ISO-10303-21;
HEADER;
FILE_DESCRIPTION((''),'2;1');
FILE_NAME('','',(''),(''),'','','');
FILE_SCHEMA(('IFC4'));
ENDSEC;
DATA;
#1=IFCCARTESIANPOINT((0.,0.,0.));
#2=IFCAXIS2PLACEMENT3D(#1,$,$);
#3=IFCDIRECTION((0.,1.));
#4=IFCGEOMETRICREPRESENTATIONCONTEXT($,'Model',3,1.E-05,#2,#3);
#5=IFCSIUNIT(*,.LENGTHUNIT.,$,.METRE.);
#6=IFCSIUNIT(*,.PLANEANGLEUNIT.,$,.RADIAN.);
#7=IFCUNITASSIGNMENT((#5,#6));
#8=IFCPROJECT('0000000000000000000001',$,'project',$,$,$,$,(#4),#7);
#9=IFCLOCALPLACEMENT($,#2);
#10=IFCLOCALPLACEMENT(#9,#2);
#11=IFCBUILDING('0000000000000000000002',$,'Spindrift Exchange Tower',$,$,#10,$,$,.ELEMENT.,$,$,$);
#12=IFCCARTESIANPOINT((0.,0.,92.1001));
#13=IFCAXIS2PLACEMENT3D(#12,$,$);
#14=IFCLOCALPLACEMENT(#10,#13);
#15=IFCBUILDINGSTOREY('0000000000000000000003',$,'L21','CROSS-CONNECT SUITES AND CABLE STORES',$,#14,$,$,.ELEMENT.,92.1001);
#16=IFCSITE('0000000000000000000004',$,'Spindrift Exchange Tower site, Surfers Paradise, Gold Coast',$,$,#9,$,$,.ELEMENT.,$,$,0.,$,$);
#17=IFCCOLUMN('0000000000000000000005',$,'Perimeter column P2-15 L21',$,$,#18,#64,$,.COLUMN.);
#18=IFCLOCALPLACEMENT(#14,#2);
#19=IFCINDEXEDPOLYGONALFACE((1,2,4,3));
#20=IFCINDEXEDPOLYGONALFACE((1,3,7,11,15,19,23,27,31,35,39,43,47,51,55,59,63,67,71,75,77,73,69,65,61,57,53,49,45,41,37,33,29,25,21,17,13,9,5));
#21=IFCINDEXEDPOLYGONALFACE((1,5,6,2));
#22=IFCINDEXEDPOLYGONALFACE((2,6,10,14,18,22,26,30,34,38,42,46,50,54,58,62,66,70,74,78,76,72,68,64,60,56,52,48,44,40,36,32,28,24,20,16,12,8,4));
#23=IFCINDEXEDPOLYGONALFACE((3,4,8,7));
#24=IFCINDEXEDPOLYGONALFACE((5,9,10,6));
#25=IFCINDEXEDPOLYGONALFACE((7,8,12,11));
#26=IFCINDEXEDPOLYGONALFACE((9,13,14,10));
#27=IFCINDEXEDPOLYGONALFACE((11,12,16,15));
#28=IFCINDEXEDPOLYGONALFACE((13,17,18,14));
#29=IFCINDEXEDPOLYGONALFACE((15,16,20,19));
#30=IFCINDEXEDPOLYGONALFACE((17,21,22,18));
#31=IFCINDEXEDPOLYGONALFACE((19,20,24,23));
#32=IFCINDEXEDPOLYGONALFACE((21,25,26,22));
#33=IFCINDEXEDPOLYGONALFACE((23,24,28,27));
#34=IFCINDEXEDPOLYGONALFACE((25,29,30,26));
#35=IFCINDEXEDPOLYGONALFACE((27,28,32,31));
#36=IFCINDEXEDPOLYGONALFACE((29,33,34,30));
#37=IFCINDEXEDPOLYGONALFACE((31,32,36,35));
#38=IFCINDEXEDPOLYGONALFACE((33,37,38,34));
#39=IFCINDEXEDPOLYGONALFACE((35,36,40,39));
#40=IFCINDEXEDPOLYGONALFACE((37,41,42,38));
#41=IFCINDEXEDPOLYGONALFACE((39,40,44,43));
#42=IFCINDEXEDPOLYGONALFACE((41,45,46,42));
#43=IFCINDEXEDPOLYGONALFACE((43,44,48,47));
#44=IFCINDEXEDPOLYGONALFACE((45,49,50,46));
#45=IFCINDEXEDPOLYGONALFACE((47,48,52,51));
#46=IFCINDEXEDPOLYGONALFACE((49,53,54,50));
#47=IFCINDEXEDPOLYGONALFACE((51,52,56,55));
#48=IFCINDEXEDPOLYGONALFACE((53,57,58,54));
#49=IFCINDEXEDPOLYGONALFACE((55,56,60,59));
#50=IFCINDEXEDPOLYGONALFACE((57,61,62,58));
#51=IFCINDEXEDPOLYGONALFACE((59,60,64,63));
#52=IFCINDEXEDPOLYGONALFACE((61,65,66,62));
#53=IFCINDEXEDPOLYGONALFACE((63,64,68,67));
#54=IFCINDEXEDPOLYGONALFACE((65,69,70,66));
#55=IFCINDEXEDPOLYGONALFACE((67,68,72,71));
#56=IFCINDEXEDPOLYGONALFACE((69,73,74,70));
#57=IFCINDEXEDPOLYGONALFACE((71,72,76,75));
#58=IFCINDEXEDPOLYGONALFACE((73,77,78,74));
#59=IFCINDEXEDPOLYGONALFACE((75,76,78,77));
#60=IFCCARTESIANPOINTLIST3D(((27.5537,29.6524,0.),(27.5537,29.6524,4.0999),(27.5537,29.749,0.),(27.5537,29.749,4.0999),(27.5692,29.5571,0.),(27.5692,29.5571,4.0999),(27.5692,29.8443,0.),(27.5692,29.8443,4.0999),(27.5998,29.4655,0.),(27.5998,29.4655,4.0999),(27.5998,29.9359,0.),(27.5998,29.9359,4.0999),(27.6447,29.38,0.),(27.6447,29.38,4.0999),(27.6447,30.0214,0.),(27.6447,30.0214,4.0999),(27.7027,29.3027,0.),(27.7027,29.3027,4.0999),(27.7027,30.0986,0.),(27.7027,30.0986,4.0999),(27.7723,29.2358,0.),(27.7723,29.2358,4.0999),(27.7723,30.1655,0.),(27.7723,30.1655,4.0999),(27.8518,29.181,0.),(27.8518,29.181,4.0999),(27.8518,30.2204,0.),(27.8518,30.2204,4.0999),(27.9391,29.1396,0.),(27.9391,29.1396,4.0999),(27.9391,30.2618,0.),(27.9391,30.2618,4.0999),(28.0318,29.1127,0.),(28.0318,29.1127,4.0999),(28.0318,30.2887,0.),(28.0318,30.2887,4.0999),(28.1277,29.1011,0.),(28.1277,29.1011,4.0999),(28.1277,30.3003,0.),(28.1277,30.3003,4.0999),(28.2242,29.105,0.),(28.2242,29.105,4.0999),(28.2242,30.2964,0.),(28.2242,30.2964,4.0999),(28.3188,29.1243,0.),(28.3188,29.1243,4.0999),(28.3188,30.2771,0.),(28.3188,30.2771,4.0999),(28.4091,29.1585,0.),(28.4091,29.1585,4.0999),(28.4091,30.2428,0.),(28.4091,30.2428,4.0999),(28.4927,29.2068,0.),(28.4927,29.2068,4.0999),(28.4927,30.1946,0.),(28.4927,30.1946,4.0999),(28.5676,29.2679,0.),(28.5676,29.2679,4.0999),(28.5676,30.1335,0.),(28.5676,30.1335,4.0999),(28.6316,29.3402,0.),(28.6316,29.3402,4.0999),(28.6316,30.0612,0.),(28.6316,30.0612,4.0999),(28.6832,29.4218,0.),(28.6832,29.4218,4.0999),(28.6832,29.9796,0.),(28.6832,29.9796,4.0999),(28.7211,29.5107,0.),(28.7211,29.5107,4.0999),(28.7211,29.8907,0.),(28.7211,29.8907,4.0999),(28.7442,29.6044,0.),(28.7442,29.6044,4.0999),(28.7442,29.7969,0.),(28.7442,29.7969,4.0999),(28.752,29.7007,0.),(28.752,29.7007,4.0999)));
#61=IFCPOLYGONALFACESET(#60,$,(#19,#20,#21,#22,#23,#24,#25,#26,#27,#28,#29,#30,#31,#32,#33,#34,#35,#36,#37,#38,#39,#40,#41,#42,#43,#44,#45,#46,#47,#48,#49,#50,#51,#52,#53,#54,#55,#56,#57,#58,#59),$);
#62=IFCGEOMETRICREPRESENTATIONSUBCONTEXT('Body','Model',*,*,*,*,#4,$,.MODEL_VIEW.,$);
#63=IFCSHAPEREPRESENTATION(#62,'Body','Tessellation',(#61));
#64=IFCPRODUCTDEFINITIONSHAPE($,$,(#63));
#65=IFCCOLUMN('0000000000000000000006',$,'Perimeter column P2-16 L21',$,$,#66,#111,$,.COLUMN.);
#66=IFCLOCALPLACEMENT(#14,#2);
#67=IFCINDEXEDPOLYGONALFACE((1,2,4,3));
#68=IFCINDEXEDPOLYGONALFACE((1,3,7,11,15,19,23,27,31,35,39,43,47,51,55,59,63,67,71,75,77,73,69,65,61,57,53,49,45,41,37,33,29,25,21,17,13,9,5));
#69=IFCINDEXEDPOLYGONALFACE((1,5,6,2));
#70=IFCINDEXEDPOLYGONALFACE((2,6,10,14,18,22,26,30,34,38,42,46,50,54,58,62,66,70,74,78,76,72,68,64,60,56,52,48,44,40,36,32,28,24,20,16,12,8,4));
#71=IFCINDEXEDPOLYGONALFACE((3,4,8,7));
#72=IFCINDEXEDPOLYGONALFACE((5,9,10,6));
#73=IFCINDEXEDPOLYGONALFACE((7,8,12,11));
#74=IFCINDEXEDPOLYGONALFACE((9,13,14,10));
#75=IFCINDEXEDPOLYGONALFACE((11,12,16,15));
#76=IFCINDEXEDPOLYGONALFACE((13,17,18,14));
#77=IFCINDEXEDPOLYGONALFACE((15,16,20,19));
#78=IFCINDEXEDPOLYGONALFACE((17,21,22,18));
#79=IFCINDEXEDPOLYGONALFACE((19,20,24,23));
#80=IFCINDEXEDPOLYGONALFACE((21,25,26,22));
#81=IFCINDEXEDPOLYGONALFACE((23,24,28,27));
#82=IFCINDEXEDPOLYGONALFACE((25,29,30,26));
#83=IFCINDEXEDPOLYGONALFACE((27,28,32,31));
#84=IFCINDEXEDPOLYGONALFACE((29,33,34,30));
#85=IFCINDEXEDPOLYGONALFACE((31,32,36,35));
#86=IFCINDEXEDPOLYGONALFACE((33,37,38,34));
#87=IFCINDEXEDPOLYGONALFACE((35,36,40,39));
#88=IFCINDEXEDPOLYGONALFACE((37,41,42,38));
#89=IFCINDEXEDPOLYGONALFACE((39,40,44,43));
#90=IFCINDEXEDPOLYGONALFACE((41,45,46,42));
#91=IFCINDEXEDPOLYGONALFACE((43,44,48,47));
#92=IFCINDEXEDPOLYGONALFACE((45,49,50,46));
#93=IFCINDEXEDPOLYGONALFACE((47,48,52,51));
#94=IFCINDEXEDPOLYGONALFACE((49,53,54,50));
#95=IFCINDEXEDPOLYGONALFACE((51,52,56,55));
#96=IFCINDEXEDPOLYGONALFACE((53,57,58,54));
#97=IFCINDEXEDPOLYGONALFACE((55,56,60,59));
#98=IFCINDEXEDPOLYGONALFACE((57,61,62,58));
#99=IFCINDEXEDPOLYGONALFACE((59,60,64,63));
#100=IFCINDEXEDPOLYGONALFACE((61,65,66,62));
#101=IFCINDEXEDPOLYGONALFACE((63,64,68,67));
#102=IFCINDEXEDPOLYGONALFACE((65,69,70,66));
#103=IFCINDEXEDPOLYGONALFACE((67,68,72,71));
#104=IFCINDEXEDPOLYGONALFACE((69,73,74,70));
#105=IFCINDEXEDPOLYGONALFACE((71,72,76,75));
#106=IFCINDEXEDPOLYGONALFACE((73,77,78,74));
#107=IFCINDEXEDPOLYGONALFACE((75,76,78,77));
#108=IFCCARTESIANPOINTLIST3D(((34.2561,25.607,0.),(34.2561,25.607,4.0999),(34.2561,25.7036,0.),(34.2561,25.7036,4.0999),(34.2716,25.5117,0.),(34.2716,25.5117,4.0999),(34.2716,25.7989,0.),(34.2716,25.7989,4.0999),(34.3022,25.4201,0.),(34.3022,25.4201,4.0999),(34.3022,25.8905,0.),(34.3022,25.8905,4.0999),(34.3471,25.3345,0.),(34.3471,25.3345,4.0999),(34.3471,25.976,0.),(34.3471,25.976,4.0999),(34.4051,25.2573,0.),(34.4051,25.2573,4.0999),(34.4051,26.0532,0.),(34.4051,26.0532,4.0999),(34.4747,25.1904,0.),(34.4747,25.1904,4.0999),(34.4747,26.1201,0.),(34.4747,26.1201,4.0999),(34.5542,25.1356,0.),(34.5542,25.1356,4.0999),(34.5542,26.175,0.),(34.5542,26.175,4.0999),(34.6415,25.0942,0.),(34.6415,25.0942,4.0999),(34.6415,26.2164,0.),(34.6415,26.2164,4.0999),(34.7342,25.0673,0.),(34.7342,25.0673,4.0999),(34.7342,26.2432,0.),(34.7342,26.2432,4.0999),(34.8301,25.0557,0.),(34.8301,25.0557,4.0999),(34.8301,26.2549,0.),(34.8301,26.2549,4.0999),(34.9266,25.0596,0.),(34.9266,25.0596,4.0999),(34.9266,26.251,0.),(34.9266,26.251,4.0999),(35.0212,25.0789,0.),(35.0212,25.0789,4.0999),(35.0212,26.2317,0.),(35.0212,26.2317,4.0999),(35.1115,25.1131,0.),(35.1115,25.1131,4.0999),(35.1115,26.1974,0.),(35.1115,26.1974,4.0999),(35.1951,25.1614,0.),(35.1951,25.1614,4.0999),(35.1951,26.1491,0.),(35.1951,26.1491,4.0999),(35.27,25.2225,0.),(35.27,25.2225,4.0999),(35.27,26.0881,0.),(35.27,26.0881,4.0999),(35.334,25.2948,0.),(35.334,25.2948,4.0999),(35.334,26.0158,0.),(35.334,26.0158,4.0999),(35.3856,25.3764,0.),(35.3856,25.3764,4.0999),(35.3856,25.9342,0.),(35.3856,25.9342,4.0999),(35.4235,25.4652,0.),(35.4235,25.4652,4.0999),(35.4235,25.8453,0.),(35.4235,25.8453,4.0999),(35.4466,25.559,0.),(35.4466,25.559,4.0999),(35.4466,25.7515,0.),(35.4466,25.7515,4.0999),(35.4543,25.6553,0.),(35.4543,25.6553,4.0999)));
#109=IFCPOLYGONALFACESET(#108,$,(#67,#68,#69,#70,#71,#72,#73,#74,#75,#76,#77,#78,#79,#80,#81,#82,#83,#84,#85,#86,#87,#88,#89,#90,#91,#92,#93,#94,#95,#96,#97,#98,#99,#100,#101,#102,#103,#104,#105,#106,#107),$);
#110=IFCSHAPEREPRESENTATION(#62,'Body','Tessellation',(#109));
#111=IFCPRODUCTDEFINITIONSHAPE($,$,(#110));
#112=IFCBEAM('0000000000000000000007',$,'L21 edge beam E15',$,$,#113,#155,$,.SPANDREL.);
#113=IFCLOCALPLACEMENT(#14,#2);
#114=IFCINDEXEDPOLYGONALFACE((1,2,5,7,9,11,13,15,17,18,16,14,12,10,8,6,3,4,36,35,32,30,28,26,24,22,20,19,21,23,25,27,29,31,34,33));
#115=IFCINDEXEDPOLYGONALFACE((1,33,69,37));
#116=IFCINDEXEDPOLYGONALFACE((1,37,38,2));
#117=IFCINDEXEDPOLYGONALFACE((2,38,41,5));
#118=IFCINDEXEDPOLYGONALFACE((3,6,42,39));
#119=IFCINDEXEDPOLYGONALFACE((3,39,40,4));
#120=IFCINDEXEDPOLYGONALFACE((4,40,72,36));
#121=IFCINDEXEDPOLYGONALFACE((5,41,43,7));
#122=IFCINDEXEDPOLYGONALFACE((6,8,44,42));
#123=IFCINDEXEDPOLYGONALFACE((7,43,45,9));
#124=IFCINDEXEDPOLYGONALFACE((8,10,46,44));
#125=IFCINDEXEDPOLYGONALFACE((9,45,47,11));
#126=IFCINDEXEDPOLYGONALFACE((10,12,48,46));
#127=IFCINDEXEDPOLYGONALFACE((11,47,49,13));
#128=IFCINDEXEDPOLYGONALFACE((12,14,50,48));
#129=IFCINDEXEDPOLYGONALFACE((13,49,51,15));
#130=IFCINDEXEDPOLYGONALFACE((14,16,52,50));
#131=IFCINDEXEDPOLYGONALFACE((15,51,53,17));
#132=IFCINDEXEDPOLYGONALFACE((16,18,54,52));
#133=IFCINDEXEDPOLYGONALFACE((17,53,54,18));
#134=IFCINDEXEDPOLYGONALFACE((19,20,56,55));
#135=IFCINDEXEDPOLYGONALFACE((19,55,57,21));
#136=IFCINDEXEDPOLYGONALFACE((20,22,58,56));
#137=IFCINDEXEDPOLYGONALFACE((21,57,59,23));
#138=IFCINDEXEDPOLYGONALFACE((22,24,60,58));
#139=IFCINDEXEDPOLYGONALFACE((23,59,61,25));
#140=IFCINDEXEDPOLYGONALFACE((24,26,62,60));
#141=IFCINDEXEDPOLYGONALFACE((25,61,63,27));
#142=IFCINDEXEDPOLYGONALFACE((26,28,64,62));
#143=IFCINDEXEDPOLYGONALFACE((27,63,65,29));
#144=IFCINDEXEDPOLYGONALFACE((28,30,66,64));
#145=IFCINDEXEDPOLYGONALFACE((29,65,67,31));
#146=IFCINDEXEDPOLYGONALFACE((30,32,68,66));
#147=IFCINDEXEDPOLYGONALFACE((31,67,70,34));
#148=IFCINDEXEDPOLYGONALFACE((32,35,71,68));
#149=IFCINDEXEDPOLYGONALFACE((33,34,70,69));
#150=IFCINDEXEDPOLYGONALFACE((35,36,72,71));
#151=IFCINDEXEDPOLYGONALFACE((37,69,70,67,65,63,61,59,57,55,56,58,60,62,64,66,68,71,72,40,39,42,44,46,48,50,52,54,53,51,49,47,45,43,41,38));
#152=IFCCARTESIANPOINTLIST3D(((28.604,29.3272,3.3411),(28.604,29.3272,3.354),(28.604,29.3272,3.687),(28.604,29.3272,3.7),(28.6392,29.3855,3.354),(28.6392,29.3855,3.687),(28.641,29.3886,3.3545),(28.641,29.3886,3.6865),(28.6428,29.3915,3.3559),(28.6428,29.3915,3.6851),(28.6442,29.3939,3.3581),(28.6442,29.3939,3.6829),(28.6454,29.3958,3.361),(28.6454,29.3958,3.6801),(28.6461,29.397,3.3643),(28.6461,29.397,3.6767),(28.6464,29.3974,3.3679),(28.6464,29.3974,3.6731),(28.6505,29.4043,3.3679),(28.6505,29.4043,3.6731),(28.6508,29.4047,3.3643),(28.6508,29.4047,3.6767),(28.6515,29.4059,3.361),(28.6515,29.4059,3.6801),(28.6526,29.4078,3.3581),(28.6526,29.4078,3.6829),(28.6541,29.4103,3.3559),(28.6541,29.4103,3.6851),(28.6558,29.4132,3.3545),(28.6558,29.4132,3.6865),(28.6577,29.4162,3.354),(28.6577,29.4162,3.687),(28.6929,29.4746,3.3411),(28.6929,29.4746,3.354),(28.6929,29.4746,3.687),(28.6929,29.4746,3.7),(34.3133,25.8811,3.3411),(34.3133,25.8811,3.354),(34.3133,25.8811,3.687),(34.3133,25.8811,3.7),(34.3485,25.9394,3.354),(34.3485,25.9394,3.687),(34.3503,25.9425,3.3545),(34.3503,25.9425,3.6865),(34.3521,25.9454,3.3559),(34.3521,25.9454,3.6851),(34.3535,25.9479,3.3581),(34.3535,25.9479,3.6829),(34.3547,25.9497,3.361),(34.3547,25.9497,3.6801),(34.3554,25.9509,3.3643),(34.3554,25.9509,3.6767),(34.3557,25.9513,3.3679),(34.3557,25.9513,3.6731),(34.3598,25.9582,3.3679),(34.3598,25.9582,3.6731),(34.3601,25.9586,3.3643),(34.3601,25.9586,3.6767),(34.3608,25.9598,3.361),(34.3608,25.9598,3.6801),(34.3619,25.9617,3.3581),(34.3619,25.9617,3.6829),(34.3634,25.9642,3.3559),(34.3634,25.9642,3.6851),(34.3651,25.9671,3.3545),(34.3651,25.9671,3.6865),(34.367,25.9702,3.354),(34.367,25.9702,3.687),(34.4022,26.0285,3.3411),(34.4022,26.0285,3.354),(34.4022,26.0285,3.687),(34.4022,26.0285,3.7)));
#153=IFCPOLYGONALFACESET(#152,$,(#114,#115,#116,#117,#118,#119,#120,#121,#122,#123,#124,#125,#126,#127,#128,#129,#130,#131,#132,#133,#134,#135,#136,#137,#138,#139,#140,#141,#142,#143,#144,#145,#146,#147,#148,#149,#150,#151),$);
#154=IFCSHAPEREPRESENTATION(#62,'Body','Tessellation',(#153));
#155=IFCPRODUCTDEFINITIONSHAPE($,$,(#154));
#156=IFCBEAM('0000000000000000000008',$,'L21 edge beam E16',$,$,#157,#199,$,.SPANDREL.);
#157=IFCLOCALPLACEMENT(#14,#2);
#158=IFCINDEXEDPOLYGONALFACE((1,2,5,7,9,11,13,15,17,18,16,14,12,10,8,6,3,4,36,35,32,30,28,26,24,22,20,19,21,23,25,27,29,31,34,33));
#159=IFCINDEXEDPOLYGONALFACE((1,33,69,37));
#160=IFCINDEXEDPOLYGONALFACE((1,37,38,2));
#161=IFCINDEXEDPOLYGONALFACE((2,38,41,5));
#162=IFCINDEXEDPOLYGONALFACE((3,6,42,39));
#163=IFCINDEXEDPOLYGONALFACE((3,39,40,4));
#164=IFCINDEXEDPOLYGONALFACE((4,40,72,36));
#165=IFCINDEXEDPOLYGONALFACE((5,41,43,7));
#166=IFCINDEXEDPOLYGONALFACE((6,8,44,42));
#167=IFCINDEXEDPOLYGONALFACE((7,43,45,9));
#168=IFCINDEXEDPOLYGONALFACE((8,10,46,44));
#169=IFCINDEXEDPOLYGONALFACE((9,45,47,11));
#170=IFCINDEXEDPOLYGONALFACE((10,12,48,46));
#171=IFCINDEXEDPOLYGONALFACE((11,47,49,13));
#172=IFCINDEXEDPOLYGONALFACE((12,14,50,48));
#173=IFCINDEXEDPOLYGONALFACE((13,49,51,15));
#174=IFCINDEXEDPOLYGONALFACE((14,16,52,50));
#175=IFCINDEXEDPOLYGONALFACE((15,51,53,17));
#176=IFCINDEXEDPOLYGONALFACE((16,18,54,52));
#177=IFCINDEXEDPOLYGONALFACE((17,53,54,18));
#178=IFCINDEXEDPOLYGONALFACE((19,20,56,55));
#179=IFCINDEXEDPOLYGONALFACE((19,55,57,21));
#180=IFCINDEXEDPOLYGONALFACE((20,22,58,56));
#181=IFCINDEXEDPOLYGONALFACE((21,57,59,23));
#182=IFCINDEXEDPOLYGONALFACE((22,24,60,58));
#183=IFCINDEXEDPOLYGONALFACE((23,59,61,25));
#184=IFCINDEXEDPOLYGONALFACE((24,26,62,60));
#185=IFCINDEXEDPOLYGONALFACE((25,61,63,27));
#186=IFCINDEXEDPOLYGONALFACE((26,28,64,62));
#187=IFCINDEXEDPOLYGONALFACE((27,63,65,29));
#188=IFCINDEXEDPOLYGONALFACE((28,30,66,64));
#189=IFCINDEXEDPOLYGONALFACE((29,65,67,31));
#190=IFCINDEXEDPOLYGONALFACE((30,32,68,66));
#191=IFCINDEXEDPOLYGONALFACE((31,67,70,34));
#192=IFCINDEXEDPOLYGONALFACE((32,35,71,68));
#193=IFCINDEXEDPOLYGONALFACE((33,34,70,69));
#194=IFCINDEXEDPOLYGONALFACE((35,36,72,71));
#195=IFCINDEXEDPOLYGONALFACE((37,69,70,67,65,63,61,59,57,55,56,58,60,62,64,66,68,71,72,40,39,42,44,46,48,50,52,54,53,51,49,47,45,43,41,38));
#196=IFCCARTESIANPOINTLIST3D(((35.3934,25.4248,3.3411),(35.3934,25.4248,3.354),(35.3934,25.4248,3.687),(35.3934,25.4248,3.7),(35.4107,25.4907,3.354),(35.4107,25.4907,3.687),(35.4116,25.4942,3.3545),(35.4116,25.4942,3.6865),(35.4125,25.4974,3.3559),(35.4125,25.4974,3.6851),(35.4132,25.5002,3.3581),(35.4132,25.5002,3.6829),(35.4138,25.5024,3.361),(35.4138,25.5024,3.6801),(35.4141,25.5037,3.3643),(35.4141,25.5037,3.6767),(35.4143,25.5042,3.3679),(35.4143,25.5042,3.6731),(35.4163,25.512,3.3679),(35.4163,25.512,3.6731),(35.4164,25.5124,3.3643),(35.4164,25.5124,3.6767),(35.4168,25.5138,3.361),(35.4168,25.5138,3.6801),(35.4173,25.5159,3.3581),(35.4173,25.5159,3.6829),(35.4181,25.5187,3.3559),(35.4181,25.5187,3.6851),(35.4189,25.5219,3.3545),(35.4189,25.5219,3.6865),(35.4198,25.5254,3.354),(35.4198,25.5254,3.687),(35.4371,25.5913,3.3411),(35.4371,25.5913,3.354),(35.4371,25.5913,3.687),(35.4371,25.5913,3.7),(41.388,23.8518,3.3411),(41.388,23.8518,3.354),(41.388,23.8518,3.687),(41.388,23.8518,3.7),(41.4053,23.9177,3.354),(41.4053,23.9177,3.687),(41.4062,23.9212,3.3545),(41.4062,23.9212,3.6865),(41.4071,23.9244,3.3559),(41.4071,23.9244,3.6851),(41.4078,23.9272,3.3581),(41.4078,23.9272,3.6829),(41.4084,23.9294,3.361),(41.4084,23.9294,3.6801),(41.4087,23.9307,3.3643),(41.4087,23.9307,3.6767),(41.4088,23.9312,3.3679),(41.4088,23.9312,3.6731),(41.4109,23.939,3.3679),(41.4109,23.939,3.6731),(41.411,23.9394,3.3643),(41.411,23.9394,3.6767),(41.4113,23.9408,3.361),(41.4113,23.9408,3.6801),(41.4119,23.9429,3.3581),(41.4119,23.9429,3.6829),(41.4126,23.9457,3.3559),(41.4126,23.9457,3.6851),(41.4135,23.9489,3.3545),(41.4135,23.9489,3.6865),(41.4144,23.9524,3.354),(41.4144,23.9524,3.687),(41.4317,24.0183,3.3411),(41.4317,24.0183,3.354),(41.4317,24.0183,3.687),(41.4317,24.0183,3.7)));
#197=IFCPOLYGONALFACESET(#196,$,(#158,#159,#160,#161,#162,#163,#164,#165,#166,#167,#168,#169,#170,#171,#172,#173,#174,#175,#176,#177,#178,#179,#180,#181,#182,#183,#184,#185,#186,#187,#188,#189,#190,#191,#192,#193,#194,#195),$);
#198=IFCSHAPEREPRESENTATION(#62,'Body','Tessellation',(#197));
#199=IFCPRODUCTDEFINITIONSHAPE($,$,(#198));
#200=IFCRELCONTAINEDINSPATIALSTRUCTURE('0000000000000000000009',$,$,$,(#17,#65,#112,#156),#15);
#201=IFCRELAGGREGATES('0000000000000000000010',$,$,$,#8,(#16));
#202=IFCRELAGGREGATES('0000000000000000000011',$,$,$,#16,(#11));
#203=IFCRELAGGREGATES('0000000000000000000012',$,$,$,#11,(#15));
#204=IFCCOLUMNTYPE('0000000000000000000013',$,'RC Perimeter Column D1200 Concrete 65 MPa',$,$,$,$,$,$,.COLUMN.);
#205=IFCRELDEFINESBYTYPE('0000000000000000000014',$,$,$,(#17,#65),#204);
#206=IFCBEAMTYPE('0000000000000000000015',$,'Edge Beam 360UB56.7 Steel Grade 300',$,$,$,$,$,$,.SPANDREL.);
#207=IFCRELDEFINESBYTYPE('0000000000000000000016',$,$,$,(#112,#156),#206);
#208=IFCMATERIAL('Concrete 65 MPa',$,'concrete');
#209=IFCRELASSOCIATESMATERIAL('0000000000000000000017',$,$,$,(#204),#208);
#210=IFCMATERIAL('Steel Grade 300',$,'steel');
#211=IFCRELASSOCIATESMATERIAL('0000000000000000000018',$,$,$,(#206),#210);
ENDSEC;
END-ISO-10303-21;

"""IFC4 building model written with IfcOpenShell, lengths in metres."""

from ifc_helpers import new_model, si_unit, direction, frame, origin, origin_2d, place, context, subcontext, project, spatial, circle, i_section, extrude, source, transform, mapped, material, material_profile, profile_set, type_object, element, save


model = new_model("IFC4")

# Units and contexts
model_context = context("Model", 3, precision=1e-05, world=origin(), true_north=direction((0.0, 1.0)))
body_context = subcontext(model_context, "Body", "Model", "MODEL_VIEW")
ifc_project = project(units=[si_unit("LENGTHUNIT", "METRE"), si_unit("PLANEANGLEUNIT", "RADIAN")], contexts=[model_context])

# Site, building, storey
site_placement = place(None, origin())
site = spatial("IfcSite", under=ifc_project, at=site_placement, Name="Spindrift Exchange Tower site, Surfers Paradise, Gold Coast", CompositionType="ELEMENT", RefElevation=0.0)
building_placement = place(site_placement, origin())
building = spatial("IfcBuilding", under=site, at=building_placement, Name="Spindrift Exchange Tower", CompositionType="ELEMENT")
storey_placement = place(building_placement, frame((0.0, 0.0, 92.1001)))
storey = spatial("IfcBuildingStorey", under=building, at=storey_placement, Name="L21", Description="CROSS-CONNECT SUITES AND CABLE STORES", CompositionType="ELEMENT", Elevation=92.1001)

# Columns
ifc_material_1 = material(Name="Concrete 65 MPa", Category="concrete")
ifc_material_profile_1 = material_profile(ifc_material_1, circle(Radius=0.6001, at=origin_2d()), Name="RC D1200")
ifc_profile_set_1 = profile_set([ifc_material_profile_1], Name="Concrete 65 MPa")
column_type = type_object("IfcColumnType", Name="RC Perimeter Column D1200 Concrete 65 MPa", PredefinedType="COLUMN", material=ifc_profile_set_1)
shared_shape_1 = source(origin(), body_context, "Body", "SweptSolid", [
    extrude(circle(Radius=0.6001, at=origin_2d()), origin(), (0.0, 0.0, 1.0), 4.0999),
])
for number, where, z_axis, x_axis, name in (
    (1, (28.1519, 29.7007, 0.0), (0.0, 0.0, 1.0), (1.0, 0.0, 0.0), "Perimeter column P2-15 L21"),
    (2, (34.8542, 25.6553, 0.0), (0.0, 0.0, 1.0), (1.0, 0.0, 0.0), "Perimeter column P2-16 L21"),
):
    element("IfcColumn", number, at=place(storey_placement, frame(where, z_axis=z_axis, x_axis=x_axis)), inside=storey, type_object=column_type, Name=name, PredefinedType="COLUMN", context=body_context, shape_type="MappedRepresentation", body=[
        mapped(shared_shape_1, transform((0.0, 0.0, 0.0), scale=1.0)),
    ])

# Beams
ifc_material_2 = material(Name="Steel Grade 300", Category="steel")
ifc_material_profile_2 = material_profile(ifc_material_2, i_section(OverallWidth=0.1721, OverallDepth=0.3589, WebThickness=0.0081, FlangeThickness=0.0129, FilletRadius=0.0139, at=origin_2d()), Name="360UB56.7")
ifc_profile_set_2 = profile_set([ifc_material_profile_2], Name="Steel Grade 300")
beam_type_1 = type_object("IfcBeamType", Name="Edge Beam 360UB56.7 Steel Grade 300", PredefinedType="SPANDREL", material=ifc_profile_set_2)
shared_shape_2 = source(origin(), body_context, "Body", "SweptSolid", [
    extrude(i_section(OverallWidth=0.1721, OverallDepth=0.3589, WebThickness=0.0081, FlangeThickness=0.0129, FilletRadius=0.0139, at=origin_2d()), origin(), (0.0, 0.0, 1.0), 6.6687),
])
beam_1_placement = place(storey_placement, frame((28.6484, 29.4009, 3.5205), z_axis=(0.856133, -0.516755, 0.0), x_axis=(0.516755, 0.856133, 0.0)))
element("IfcBeam", 3, at=beam_1_placement, inside=storey, type_object=beam_type_1, Name="L21 edge beam E15", PredefinedType="SPANDREL", context=body_context, shape_type="MappedRepresentation", body=[
    mapped(shared_shape_2, transform((0.0, 0.0, 0.0), scale=1.0)),
])
shared_shape_3 = source(origin(), body_context, "Body", "SweptSolid", [
    extrude(i_section(OverallWidth=0.1721, OverallDepth=0.3589, WebThickness=0.0081, FlangeThickness=0.0129, FilletRadius=0.0139, at=origin_2d()), origin(), (0.0, 0.0, 1.0), 6.1975),
])
beam_2_placement = place(storey_placement, frame((35.4153, 25.5081, 3.5205), z_axis=(0.967254, -0.253809, 0.0), x_axis=(0.253809, 0.967254, 0.0)))
element("IfcBeam", 4, at=beam_2_placement, inside=storey, type_object=beam_type_1, Name="L21 edge beam E16", PredefinedType="SPANDREL", context=body_context, shape_type="MappedRepresentation", body=[
    mapped(shared_shape_3, transform((0.0, 0.0, 0.0), scale=1.0)),
])

save(model, "model.ifc")
